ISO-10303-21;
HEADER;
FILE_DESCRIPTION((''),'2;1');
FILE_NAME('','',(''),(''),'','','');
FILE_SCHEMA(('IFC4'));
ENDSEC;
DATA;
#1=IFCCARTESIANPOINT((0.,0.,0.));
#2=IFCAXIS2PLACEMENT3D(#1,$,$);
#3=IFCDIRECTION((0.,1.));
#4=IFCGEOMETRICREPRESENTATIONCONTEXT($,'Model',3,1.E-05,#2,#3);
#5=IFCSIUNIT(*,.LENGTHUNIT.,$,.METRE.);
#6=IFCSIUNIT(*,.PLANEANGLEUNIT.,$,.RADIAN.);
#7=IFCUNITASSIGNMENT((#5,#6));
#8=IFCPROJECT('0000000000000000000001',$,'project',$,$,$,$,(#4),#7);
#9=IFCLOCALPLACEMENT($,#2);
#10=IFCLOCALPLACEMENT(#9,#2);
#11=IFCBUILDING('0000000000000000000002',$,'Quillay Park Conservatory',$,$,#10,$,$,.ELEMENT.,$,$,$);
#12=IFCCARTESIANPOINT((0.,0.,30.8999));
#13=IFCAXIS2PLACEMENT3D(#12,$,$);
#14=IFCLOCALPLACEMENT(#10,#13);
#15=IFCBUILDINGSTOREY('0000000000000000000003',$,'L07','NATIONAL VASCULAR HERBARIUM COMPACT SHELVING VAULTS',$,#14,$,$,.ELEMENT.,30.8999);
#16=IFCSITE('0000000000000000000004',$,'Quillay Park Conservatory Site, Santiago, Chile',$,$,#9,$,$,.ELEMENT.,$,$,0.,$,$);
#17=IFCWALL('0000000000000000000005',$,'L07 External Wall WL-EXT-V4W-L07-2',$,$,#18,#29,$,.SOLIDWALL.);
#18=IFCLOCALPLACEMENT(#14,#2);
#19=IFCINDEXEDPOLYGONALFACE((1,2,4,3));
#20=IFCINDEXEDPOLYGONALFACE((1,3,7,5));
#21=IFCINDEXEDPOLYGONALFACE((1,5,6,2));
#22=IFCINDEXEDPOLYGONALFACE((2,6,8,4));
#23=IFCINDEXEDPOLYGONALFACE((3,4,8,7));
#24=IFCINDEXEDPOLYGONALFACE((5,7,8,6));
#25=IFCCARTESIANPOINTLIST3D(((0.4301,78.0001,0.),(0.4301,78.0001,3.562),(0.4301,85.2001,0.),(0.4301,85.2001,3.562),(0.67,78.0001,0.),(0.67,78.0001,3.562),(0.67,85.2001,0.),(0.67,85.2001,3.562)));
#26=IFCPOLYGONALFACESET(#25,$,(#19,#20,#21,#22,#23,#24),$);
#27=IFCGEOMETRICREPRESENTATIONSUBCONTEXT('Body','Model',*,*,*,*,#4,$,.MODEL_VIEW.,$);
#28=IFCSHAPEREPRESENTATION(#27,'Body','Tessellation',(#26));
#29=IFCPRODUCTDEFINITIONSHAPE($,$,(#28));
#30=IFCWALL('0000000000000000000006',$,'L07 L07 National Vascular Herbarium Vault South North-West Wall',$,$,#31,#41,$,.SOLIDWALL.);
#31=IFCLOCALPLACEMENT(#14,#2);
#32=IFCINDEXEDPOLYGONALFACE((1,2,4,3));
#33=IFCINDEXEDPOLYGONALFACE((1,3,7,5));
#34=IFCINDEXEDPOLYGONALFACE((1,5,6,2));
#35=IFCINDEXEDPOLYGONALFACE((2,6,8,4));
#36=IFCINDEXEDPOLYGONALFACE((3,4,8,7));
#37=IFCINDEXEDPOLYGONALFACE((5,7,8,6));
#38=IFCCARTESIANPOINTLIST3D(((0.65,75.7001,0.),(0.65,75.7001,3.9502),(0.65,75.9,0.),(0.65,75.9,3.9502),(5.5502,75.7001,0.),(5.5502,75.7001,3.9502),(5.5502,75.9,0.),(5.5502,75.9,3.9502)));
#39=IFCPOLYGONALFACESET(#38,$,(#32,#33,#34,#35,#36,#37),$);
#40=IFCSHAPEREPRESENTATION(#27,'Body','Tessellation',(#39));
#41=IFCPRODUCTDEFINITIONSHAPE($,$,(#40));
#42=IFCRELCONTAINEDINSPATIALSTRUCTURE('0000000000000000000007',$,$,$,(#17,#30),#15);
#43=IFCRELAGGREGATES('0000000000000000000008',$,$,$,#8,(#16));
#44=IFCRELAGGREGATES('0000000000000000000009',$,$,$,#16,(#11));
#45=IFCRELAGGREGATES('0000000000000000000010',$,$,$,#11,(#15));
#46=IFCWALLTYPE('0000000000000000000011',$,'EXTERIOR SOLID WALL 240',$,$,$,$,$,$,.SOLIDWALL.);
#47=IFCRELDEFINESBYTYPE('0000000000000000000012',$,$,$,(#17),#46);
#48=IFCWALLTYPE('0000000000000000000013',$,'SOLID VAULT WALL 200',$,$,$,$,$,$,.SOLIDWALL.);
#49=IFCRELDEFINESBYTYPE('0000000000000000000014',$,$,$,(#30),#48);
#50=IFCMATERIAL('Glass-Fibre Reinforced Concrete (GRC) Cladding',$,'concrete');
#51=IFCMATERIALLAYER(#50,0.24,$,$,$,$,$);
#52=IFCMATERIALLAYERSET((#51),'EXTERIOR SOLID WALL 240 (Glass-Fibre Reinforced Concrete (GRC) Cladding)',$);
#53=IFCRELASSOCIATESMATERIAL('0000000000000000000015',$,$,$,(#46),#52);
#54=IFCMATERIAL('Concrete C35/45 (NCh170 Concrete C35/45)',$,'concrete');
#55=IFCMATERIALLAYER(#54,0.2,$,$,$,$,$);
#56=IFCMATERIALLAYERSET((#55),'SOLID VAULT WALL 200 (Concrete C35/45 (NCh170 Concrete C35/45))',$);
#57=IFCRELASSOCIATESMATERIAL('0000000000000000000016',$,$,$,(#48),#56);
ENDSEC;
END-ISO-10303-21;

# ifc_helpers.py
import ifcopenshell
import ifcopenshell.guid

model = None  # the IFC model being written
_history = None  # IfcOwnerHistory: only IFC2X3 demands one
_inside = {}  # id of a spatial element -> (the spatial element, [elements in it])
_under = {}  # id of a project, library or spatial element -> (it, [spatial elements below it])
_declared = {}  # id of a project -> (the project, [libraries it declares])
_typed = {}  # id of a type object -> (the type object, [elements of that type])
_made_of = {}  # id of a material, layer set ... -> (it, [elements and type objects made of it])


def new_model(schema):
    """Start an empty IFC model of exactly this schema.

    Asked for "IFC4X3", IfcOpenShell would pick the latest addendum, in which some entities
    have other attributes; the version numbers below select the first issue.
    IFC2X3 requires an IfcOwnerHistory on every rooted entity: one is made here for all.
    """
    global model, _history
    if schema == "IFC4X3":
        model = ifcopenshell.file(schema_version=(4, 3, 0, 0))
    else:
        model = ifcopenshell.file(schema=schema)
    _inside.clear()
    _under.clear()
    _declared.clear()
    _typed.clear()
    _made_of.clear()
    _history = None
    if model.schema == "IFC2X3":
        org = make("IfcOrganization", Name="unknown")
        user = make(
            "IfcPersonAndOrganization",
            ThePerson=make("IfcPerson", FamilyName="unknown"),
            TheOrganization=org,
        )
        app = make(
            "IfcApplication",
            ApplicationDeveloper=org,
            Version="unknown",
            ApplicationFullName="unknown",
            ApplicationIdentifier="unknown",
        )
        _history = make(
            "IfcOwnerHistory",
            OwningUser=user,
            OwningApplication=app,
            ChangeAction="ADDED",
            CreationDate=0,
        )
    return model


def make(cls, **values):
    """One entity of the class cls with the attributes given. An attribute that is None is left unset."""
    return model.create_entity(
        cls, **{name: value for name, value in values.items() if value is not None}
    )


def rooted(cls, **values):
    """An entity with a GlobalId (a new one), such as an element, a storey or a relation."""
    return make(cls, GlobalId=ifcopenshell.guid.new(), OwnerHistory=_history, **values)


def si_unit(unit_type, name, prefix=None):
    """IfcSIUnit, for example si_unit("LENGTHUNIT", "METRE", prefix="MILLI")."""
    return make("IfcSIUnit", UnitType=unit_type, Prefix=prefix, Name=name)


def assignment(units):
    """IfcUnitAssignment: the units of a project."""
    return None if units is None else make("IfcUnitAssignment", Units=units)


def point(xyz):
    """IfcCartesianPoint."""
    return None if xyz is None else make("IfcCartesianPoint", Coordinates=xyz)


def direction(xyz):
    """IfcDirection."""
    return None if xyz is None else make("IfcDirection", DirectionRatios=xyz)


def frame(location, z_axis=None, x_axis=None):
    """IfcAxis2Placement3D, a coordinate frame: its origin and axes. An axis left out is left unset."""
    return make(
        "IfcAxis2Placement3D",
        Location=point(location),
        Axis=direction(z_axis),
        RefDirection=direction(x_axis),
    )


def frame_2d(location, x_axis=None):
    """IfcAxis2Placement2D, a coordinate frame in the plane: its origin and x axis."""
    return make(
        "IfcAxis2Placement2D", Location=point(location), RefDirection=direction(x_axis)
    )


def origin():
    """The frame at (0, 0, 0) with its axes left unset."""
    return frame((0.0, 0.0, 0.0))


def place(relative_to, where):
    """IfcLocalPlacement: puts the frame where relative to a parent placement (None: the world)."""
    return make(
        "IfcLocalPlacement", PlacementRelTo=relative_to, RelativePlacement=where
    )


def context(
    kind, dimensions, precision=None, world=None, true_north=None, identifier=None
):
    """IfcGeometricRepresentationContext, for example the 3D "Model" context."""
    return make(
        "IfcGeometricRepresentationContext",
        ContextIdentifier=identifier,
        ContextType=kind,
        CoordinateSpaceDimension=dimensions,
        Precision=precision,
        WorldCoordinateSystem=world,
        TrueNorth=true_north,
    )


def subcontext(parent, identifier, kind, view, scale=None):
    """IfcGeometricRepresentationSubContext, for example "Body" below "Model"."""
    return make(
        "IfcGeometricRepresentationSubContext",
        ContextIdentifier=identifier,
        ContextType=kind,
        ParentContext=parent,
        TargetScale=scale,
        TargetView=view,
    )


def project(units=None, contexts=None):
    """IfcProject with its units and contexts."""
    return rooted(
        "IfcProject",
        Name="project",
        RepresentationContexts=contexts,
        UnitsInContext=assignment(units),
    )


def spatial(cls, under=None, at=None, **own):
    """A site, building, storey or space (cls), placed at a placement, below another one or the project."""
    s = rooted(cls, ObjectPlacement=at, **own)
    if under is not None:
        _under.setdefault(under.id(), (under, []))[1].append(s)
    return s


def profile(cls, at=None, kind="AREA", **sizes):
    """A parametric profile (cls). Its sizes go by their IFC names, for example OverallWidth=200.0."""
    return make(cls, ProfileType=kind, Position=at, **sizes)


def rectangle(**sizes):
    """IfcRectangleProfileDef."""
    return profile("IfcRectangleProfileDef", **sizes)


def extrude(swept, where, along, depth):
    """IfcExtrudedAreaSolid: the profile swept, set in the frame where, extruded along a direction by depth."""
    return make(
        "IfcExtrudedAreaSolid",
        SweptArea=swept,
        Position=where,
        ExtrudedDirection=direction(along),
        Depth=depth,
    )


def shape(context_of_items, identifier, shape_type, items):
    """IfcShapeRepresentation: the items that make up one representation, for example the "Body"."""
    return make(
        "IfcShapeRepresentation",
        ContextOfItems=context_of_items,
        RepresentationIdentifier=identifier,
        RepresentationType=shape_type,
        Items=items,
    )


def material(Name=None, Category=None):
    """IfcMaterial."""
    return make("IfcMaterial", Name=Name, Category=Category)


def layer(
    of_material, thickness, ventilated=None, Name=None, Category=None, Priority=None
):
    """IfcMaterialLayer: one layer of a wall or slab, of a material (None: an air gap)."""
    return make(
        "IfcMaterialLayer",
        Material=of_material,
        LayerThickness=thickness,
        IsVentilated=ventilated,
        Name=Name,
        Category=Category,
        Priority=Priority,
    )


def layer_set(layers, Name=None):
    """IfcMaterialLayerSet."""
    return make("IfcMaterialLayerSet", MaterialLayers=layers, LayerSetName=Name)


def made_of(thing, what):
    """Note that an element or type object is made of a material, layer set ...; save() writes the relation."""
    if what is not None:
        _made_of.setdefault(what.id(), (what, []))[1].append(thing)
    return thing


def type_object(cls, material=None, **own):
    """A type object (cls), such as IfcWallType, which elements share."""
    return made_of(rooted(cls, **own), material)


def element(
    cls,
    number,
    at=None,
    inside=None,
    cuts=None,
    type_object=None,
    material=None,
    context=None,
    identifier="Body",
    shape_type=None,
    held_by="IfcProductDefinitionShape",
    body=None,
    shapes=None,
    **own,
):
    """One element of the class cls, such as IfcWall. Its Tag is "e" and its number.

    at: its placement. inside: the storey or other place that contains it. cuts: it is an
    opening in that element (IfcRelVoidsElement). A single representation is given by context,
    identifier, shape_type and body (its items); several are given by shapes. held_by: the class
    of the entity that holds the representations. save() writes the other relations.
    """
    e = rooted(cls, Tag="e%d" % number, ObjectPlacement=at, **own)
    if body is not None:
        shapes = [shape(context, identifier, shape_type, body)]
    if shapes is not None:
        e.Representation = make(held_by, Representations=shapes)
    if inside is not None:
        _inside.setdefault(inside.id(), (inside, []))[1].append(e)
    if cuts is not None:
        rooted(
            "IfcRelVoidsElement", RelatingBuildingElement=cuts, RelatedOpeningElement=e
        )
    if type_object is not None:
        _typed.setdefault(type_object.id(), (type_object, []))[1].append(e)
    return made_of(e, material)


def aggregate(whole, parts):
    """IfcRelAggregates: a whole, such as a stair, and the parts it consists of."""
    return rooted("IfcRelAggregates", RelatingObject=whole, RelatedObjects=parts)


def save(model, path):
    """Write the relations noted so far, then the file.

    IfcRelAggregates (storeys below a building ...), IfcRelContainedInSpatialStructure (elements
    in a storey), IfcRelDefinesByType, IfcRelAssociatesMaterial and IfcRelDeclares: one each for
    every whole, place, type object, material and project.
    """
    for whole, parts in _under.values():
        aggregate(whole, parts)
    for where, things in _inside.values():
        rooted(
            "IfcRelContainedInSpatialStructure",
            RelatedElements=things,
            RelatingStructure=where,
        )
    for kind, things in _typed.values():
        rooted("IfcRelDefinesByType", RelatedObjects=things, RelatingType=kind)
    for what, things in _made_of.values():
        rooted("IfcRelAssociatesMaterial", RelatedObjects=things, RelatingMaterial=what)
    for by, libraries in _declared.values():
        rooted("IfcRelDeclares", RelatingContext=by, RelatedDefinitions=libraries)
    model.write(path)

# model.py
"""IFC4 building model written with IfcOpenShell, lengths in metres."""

from ifc_helpers import new_model, si_unit, direction, frame, frame_2d, origin, place, context, subcontext, project, spatial, rectangle, extrude, material, layer, layer_set, type_object, element, save


model = new_model("IFC4")

# Units and contexts
model_context = context("Model", 3, precision=1e-05, world=origin(), true_north=direction((0.0, 1.0)))
body_context = subcontext(model_context, "Body", "Model", "MODEL_VIEW")
ifc_project = project(units=[si_unit("LENGTHUNIT", "METRE"), si_unit("PLANEANGLEUNIT", "RADIAN")], contexts=[model_context])

# Site, building, storey
site_placement = place(None, origin())
site = spatial("IfcSite", under=ifc_project, at=site_placement, Name="Quillay Park Conservatory Site, Santiago, Chile", CompositionType="ELEMENT", RefElevation=0.0)
building_placement = place(site_placement, origin())
building = spatial("IfcBuilding", under=site, at=building_placement, Name="Quillay Park Conservatory", CompositionType="ELEMENT")
storey_placement = place(building_placement, frame((0.0, 0.0, 30.8999)))
storey = spatial("IfcBuildingStorey", under=building, at=storey_placement, Name="L07", Description="NATIONAL VASCULAR HERBARIUM COMPACT SHELVING VAULTS", CompositionType="ELEMENT", Elevation=30.8999)

# Wall
ifc_material_1 = material(Name="Glass-Fibre Reinforced Concrete (GRC) Cladding", Category="concrete")
ifc_layer_1 = layer(ifc_material_1, 0.24)
ifc_layer_set_1 = layer_set([ifc_layer_1], Name="EXTERIOR SOLID WALL 240 (Glass-Fibre Reinforced Concrete (GRC) Cladding)")
wall_type_1 = type_object("IfcWallType", Name="EXTERIOR SOLID WALL 240", PredefinedType="SOLIDWALL", material=ifc_layer_set_1)
wall_1_placement = place(storey_placement, frame((0.55, 78.0, 0.0), z_axis=(0.0, 0.0, 1.0), x_axis=(0.0, 1.0, 0.0)))
element("IfcWall", 1, at=wall_1_placement, inside=storey, type_object=wall_type_1, Name="L07 External Wall WL-EXT-V4W-L07-2", PredefinedType="SOLIDWALL", context=body_context, shape_type="SweptSolid", body=[
    extrude(rectangle(XDim=7.2, YDim=0.24, at=frame_2d((3.6001, 0.0))), origin(), (0.0, 0.0, 1.0), 3.562),
])

# Shared definitions
ifc_material_2 = material(Name="Concrete C35/45 (NCh170 Concrete C35/45)", Category="concrete")
ifc_layer_2 = layer(ifc_material_2, 0.2)
ifc_layer_set_2 = layer_set([ifc_layer_2], Name="SOLID VAULT WALL 200 (Concrete C35/45 (NCh170 Concrete C35/45))")
wall_type_2 = type_object("IfcWallType", Name="SOLID VAULT WALL 200", PredefinedType="SOLIDWALL", material=ifc_layer_set_2)

# Wall
wall_2_placement = place(storey_placement, frame((0.6499, 75.8, 0.0), z_axis=(0.0, 0.0, 1.0), x_axis=(1.0, 0.0, 0.0)))
element("IfcWall", 2, at=wall_2_placement, inside=storey, type_object=wall_type_2, Name="L07 L07 National Vascular Herbarium Vault South North-West Wall", PredefinedType="SOLIDWALL", context=body_context, shape_type="SweptSolid", body=[
    extrude(rectangle(XDim=4.9001, YDim=0.2, at=frame_2d((2.4502, 0.0))), origin(), (0.0, 0.0, 1.0), 3.9502),
])

save(model, "model.ifc")
